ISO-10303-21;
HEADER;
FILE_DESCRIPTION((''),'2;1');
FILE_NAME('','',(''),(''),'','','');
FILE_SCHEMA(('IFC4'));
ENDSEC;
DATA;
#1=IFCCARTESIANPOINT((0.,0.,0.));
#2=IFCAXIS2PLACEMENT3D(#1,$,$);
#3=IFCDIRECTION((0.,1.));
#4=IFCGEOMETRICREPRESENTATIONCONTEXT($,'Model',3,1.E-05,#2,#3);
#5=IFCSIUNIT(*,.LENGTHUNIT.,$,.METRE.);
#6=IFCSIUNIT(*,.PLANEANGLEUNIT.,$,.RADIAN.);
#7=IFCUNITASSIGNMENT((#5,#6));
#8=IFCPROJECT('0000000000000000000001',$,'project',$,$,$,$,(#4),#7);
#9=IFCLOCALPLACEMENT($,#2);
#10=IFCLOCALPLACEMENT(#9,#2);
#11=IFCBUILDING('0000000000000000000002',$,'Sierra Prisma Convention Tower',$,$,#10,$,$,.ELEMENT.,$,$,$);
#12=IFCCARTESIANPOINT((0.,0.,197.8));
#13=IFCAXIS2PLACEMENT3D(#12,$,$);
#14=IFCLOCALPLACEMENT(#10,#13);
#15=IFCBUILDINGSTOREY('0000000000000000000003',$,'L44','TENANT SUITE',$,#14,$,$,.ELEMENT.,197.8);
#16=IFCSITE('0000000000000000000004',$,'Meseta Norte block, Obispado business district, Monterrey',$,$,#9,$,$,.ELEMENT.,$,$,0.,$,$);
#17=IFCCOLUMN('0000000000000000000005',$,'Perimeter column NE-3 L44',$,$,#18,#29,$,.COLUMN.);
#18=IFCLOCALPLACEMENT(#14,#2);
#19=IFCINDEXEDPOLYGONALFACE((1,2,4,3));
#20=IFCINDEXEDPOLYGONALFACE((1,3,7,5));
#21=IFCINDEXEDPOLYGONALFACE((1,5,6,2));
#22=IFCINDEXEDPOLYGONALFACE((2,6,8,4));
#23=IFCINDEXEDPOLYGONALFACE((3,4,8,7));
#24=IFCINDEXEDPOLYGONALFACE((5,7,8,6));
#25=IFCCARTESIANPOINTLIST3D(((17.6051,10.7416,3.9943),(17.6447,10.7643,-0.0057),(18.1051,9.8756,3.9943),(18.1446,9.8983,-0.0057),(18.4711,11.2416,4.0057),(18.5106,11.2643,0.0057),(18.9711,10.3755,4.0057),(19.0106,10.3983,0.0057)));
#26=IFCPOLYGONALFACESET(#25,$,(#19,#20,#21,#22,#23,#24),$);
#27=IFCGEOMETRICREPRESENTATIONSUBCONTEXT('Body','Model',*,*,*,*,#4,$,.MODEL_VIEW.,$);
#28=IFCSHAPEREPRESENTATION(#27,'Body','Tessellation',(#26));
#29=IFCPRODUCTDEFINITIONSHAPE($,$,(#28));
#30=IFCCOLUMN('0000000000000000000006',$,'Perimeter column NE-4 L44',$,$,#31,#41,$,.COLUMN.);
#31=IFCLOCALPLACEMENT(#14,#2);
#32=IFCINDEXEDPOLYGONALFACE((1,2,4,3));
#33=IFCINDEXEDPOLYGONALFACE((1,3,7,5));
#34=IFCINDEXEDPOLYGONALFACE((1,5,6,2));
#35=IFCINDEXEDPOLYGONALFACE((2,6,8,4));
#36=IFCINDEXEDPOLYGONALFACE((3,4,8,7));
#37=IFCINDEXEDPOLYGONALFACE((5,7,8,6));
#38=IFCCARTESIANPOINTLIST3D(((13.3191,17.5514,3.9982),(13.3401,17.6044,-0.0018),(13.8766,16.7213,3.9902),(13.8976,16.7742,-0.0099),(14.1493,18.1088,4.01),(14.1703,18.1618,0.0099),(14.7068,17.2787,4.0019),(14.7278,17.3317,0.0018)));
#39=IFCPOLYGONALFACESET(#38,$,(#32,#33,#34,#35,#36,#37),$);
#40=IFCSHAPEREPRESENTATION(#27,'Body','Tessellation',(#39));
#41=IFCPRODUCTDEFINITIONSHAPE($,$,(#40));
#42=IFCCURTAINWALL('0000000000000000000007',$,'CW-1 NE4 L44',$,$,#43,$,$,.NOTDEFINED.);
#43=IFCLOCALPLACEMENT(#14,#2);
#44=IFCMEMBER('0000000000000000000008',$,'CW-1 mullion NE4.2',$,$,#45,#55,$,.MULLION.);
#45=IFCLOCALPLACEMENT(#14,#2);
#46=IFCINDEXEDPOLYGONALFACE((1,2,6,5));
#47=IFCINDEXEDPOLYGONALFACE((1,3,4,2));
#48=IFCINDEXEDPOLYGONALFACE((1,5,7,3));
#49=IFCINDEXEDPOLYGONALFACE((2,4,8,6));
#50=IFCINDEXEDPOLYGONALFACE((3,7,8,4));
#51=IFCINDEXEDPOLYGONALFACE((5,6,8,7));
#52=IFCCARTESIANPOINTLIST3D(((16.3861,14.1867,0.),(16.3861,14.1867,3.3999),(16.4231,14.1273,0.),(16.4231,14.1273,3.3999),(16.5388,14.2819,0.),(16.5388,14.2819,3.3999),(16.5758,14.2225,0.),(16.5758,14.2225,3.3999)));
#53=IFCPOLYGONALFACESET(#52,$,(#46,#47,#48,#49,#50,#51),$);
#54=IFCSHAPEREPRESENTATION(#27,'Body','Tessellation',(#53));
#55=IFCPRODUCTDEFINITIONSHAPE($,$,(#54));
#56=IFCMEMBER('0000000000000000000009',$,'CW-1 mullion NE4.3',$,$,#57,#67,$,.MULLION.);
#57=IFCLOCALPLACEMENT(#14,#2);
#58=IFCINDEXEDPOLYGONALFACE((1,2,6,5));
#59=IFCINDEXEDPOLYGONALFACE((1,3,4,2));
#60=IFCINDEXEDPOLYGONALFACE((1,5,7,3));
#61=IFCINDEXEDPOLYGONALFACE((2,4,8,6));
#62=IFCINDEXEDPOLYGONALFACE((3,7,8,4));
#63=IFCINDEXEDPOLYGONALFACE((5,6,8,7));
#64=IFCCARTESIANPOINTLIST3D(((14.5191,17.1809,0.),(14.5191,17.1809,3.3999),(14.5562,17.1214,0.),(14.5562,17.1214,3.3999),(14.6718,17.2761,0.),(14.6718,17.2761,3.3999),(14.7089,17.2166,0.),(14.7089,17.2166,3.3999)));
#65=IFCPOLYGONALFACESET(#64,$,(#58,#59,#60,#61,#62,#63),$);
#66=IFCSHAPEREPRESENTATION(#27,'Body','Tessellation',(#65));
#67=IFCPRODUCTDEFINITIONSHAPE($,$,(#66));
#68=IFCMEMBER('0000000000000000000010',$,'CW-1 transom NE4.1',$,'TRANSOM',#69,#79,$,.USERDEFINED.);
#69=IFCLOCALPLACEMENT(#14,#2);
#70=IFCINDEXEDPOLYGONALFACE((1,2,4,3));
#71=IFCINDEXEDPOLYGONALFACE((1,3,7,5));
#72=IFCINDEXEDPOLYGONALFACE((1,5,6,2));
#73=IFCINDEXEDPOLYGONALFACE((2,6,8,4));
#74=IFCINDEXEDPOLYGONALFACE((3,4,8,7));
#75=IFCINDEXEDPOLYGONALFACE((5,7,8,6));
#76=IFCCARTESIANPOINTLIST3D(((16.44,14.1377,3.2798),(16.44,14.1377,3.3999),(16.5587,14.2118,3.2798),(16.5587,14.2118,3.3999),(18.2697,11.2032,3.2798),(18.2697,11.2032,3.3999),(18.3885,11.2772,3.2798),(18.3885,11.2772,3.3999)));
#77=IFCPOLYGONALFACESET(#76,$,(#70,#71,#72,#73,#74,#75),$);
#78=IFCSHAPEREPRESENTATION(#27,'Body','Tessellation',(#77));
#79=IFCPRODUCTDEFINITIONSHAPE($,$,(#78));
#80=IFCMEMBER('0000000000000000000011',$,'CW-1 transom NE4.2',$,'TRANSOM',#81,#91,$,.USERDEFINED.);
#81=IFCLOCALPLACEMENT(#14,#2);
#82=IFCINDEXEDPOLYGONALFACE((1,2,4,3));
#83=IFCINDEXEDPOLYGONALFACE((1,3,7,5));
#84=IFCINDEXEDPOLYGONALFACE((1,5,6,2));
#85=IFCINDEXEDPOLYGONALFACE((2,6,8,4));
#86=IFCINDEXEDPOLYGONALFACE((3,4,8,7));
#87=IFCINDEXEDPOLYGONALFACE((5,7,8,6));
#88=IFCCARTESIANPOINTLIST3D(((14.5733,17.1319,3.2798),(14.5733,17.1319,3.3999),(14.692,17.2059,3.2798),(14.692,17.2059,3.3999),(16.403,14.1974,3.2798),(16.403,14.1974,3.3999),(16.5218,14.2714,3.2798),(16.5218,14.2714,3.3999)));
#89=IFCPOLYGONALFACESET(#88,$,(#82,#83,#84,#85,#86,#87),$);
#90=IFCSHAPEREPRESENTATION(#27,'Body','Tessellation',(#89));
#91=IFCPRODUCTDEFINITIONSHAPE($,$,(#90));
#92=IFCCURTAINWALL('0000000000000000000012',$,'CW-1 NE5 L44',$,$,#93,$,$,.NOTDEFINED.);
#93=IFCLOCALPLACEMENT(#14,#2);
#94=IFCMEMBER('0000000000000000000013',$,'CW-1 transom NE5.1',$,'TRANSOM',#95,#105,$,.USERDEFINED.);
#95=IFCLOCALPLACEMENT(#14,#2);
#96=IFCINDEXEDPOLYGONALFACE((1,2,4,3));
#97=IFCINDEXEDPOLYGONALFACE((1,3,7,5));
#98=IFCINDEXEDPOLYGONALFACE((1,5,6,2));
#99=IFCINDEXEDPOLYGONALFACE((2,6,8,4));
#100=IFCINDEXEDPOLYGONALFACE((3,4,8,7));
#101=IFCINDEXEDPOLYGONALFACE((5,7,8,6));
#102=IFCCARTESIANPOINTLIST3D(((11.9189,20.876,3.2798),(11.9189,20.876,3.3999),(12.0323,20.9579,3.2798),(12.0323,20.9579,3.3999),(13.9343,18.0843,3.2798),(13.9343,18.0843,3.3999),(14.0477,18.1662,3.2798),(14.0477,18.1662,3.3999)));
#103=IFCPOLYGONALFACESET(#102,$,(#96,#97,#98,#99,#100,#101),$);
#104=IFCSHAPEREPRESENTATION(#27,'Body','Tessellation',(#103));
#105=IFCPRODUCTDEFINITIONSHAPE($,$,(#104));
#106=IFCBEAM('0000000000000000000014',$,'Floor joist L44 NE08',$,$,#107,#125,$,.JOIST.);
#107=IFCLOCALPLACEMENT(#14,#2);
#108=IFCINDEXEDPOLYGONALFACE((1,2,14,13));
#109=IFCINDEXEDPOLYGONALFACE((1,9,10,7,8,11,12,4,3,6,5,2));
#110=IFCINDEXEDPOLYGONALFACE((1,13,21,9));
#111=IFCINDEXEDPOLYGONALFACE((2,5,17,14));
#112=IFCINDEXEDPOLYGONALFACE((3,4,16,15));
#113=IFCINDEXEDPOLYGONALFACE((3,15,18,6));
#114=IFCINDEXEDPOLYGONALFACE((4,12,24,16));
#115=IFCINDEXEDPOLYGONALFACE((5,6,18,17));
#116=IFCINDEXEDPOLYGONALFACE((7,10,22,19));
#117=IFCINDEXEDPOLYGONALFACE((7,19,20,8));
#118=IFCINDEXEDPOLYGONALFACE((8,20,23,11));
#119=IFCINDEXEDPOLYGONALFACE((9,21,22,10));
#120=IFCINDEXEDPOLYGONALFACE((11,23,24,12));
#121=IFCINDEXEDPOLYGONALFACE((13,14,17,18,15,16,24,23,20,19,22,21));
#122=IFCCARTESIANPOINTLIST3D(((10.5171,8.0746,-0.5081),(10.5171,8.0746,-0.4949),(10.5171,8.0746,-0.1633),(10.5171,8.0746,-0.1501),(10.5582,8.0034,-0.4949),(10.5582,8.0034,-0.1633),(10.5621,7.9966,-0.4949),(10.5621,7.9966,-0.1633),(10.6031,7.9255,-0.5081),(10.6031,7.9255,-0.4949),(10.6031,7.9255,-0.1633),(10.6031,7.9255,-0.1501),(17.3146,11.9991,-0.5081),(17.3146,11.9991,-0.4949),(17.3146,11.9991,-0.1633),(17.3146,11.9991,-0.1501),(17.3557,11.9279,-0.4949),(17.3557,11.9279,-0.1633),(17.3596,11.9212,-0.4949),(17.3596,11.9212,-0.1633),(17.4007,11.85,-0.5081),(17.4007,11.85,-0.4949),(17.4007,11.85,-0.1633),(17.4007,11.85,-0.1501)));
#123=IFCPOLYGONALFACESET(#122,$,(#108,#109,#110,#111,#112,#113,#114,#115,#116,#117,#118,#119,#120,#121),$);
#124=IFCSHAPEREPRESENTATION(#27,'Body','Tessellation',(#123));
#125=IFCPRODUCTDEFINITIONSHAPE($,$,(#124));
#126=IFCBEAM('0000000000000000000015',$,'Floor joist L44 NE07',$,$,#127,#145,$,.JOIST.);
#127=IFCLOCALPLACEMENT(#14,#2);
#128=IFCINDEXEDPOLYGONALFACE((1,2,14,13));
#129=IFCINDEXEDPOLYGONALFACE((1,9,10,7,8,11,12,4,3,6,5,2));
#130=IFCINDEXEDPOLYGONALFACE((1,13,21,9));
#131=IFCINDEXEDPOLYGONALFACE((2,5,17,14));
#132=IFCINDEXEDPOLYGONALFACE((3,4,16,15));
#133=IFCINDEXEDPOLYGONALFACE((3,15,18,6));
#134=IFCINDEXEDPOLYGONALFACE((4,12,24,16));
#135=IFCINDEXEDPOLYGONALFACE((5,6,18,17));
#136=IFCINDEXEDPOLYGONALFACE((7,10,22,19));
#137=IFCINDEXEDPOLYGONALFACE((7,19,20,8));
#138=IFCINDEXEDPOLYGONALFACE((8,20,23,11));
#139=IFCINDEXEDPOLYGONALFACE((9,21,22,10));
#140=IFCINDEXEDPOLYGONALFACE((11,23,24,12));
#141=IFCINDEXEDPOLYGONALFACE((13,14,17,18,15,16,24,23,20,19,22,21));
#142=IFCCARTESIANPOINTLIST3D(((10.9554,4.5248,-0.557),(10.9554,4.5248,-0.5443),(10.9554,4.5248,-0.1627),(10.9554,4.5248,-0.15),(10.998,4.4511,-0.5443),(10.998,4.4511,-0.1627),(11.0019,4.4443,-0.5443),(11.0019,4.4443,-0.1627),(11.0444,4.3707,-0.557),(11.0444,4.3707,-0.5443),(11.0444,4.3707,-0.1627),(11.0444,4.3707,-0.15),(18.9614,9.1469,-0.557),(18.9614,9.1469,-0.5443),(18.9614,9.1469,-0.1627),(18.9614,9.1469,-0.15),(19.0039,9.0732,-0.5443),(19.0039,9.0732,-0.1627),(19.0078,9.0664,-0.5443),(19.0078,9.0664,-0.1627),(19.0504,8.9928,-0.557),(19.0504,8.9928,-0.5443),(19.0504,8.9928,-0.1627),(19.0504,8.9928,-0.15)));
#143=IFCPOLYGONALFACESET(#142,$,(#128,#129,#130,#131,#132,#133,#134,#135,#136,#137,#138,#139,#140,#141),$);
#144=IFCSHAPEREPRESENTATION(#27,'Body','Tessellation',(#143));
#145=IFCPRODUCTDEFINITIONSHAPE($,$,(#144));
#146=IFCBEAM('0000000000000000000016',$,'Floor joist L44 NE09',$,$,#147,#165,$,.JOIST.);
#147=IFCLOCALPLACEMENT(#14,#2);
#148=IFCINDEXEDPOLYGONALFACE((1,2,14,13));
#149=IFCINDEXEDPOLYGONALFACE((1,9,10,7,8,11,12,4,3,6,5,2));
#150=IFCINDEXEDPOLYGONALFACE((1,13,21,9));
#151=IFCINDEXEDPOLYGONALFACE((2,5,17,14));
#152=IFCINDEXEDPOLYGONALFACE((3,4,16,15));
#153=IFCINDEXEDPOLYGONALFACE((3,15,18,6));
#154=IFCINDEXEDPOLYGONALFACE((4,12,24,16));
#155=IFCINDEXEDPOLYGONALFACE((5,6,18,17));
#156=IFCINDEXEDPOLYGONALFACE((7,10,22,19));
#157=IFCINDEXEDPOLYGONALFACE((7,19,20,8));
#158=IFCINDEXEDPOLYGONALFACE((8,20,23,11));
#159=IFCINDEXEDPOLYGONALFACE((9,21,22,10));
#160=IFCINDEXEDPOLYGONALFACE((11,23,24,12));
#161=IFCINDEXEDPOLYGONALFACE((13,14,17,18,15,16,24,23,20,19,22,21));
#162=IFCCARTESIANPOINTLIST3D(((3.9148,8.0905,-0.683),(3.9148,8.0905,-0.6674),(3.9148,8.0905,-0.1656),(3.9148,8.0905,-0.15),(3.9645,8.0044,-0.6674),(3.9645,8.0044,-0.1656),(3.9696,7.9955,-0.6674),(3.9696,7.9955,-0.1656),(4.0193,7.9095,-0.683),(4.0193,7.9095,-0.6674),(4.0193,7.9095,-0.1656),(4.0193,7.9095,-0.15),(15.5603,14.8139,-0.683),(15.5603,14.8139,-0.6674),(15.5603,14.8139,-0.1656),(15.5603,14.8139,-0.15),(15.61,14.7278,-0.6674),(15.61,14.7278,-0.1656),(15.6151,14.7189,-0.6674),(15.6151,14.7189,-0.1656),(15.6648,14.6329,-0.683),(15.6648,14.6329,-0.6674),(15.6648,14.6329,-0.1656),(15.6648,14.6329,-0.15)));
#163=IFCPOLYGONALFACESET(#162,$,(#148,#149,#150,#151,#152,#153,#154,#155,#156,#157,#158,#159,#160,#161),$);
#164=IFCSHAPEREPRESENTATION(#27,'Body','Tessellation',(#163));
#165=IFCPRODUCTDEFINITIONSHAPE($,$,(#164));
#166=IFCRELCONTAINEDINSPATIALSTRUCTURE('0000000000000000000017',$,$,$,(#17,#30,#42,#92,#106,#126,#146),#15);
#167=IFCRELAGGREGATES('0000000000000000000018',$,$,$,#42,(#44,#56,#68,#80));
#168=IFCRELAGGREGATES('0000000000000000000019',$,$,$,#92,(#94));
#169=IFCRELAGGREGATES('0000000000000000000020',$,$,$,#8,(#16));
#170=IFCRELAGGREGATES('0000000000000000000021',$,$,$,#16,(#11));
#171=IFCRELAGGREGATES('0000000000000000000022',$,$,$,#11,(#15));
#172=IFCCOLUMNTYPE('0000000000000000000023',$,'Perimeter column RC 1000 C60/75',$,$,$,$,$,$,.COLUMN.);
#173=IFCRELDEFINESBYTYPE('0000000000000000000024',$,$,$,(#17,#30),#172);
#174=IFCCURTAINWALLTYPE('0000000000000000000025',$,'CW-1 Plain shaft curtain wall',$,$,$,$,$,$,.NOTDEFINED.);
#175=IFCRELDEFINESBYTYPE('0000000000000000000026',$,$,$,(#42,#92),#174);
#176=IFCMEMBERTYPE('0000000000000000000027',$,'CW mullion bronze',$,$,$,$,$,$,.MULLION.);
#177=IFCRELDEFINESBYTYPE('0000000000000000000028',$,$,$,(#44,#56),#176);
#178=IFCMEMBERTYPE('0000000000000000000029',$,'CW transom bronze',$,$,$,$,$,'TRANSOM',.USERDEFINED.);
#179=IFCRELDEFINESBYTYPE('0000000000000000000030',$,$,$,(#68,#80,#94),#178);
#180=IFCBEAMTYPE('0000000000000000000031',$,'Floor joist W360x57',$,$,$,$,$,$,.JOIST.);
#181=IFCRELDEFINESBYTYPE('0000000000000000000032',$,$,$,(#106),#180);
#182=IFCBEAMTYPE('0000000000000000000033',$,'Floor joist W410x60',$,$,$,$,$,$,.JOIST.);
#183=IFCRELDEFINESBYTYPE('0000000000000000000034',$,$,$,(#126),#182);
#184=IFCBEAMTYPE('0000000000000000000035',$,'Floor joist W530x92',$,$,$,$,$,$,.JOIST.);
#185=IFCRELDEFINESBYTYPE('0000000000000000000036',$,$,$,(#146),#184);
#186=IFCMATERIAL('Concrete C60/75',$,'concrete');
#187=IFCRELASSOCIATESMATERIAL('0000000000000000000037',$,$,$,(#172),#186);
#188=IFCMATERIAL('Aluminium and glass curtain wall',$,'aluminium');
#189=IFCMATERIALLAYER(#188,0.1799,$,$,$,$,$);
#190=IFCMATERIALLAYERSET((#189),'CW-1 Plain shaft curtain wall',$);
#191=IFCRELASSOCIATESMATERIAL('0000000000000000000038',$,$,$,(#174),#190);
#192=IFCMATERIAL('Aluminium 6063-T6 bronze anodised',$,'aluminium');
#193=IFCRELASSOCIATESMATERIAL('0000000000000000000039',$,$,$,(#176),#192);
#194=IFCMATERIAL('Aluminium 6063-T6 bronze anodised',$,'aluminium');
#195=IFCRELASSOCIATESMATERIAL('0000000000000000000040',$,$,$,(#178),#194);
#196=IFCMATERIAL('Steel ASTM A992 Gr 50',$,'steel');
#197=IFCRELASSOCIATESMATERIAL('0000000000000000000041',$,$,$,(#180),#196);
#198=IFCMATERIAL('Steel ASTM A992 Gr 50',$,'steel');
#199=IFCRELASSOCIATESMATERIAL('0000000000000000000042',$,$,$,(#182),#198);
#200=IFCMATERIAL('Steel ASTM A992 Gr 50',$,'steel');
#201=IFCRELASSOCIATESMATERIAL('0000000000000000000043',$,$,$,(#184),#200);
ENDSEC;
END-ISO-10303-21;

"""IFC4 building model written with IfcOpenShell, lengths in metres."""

from ifc_helpers import new_model, si_unit, direction, frame, origin, origin_2d, place, context, subcontext, project, spatial, rectangle, i_section, extrude, material, layer, layer_set, material_profile, profile_set, type_object, element, aggregate, save


model = new_model("IFC4")

# Units and contexts
model_context = context("Model", 3, precision=1e-05, world=origin(), true_north=direction((0.0, 1.0)))
body_context = subcontext(model_context, "Body", "Model", "MODEL_VIEW")
ifc_project = project(units=[si_unit("LENGTHUNIT", "METRE"), si_unit("PLANEANGLEUNIT", "RADIAN")], contexts=[model_context])

# Site, building, storey
site_placement = place(None, origin())
site = spatial("IfcSite", under=ifc_project, at=site_placement, Name="Meseta Norte block, Obispado business district, Monterrey", CompositionType="ELEMENT", RefElevation=0.0)
building_placement = place(site_placement, origin())
building = spatial("IfcBuilding", under=site, at=building_placement, Name="Sierra Prisma Convention Tower", CompositionType="ELEMENT")
storey_placement = place(building_placement, frame((0.0, 0.0, 197.8)))
storey = spatial("IfcBuildingStorey", under=building, at=storey_placement, Name="L44", Description="TENANT SUITE", CompositionType="ELEMENT", Elevation=197.8)

# Columns
ifc_material_1 = material(Name="Concrete C60/75", Category="concrete")
ifc_material_profile_1 = material_profile(ifc_material_1, rectangle(XDim=1.0, YDim=1.0, at=origin_2d()), Name="Perimeter column RC 1000 C60/75")
ifc_profile_set_1 = profile_set([ifc_material_profile_1], Name="Concrete C60/75")
column_type = type_object("IfcColumnType", Name="Perimeter column RC 1000 C60/75", PredefinedType="COLUMN", material=ifc_profile_set_1)
column_1_placement = place(storey_placement, frame((18.3276, 10.5813, 0.0), z_axis=(-0.009887, -0.005676, 0.999935), x_axis=(-0.499976, 0.86604, -0.000028)))
element("IfcColumn", 1, at=column_1_placement, inside=storey, type_object=column_type, Name="Perimeter column NE-3 L44", PredefinedType="COLUMN", context=body_context, shape_type="SweptSolid", body=[
    extrude(rectangle(XDim=1.0, YDim=1.0, at=origin_2d()), origin(), (0.0, 0.0, 1.0), 4.0002),
])
column_2_placement = place(storey_placement, frame((14.0339, 17.468, 0.0), z_axis=(-0.005248, -0.013243, 0.999899), x_axis=(-0.557514, 0.830128, 0.008068)))
element("IfcColumn", 2, at=column_2_placement, inside=storey, type_object=column_type, Name="Perimeter column NE-4 L44", PredefinedType="COLUMN", context=body_context, shape_type="SweptSolid", body=[
    extrude(rectangle(XDim=1.0, YDim=1.0, at=origin_2d()), origin(), (0.0, 0.0, 1.0), 4.0005),
])

# Curtain wall, members
ifc_material_2 = material(Name="Aluminium and glass curtain wall", Category="aluminium")
ifc_layer_1 = layer(ifc_material_2, 0.1799)
ifc_layer_set_1 = layer_set([ifc_layer_1], Name="CW-1 Plain shaft curtain wall")
curtain_wall_type = type_object("IfcCurtainWallType", Name="CW-1 Plain shaft curtain wall", PredefinedType="NOTDEFINED", material=ifc_layer_set_1)
curtain_wall_1_placement = place(storey_placement, origin())
curtain_wall_1 = element("IfcCurtainWall", 3, at=curtain_wall_1_placement, inside=storey, type_object=curtain_wall_type, Name="CW-1 NE4 L44", PredefinedType="NOTDEFINED")
ifc_material_3 = material(Name="Aluminium 6063-T6 bronze anodised", Category="aluminium")
ifc_material_profile_2 = material_profile(ifc_material_3, rectangle(XDim=0.1799, YDim=0.0701, at=origin_2d()), Name="ALU MULLION 70x180")
ifc_profile_set_2 = profile_set([ifc_material_profile_2], Name="Aluminium 6063-T6 bronze anodised")
member_type_1 = type_object("IfcMemberType", Name="CW mullion bronze", PredefinedType="MULLION", material=ifc_profile_set_2)
member_1_placement = place(storey_placement, frame((16.481, 14.2046, 0.0), z_axis=(0.0, 0.0, 1.0), x_axis=(-0.848581, -0.529065, 0.0)))
member_1 = element("IfcMember", 4, at=member_1_placement, type_object=member_type_1, Name="CW-1 mullion NE4.2", PredefinedType="MULLION", context=body_context, shape_type="SweptSolid", body=[
    extrude(rectangle(XDim=0.1799, YDim=0.0701, at=origin_2d()), origin(), (0.0, 0.0, 1.0), 3.3999),
])
member_2_placement = place(storey_placement, frame((14.614, 17.1987, 0.0), z_axis=(0.0, 0.0, 1.0), x_axis=(-0.848581, -0.529065, 0.0)))
member_2 = element("IfcMember", 5, at=member_2_placement, type_object=member_type_1, Name="CW-1 mullion NE4.3", PredefinedType="MULLION", context=body_context, shape_type="SweptSolid", body=[
    extrude(rectangle(XDim=0.1799, YDim=0.0701, at=origin_2d()), origin(), (0.0, 0.0, 1.0), 3.3999),
])
ifc_material_4 = material(Name="Aluminium 6063-T6 bronze anodised", Category="aluminium")
ifc_material_profile_3 = material_profile(ifc_material_4, rectangle(XDim=0.1399, YDim=0.1201, at=origin_2d()), Name="ALU TRANSOM 120x140")
ifc_profile_set_3 = profile_set([ifc_material_profile_3], Name="Aluminium 6063-T6 bronze anodised")
member_type_2 = type_object("IfcMemberType", Name="CW transom bronze", ElementType="TRANSOM", PredefinedType="USERDEFINED", material=ifc_profile_set_3)
member_3_placement = place(storey_placement, frame((18.3291, 11.2402, 3.3398), z_axis=(-0.52911, 0.848553, 0.0), x_axis=(-0.848553, -0.52911, 0.0)))
member_3 = element("IfcMember", 6, at=member_3_placement, type_object=member_type_2, Name="CW-1 transom NE4.1", ObjectType="TRANSOM", PredefinedType="USERDEFINED", context=body_context, shape_type="SweptSolid", body=[
    extrude(rectangle(XDim=0.1399, YDim=0.1201, at=origin_2d()), origin(), (0.0, 0.0, 1.0), 3.4583),
])
member_4_placement = place(storey_placement, frame((16.4624, 14.2344, 3.3398), z_axis=(-0.52911, 0.848553, 0.0), x_axis=(-0.848553, -0.52911, 0.0)))
member_4 = element("IfcMember", 7, at=member_4_placement, type_object=member_type_2, Name="CW-1 transom NE4.2", ObjectType="TRANSOM", PredefinedType="USERDEFINED", context=body_context, shape_type="SweptSolid", body=[
    extrude(rectangle(XDim=0.1399, YDim=0.1201, at=origin_2d()), origin(), (0.0, 0.0, 1.0), 3.4583),
])

# Curtain wall, member
curtain_wall_2_placement = place(storey_placement, origin())
curtain_wall_2 = element("IfcCurtainWall", 8, at=curtain_wall_2_placement, inside=storey, type_object=curtain_wall_type, Name="CW-1 NE5 L44", PredefinedType="NOTDEFINED")
member_5_placement = place(storey_placement, frame((13.991, 18.1252, 3.3398), z_axis=(-0.585322, 0.810801, 0.0), x_axis=(-0.810801, -0.585322, 0.0)))
member_5 = element("IfcMember", 9, at=member_5_placement, type_object=member_type_2, Name="CW-1 transom NE5.1", ObjectType="TRANSOM", PredefinedType="USERDEFINED", context=body_context, shape_type="SweptSolid", body=[
    extrude(rectangle(XDim=0.1399, YDim=0.1201, at=origin_2d()), origin(), (0.0, 0.0, 1.0), 3.4431),
])

# Beams
ifc_material_5 = material(Name="Steel ASTM A992 Gr 50", Category="steel")
ifc_material_profile_4 = material_profile(ifc_material_5, i_section(OverallWidth=0.1721, OverallDepth=0.3579, WebThickness=0.0078, FlangeThickness=0.0132, at=origin_2d()), Name="W360x57")
ifc_profile_set_4 = profile_set([ifc_material_profile_4], Name="Steel ASTM A992 Gr 50")
beam_type_1 = type_object("IfcBeamType", Name="Floor joist W360x57", PredefinedType="JOIST", material=ifc_profile_set_4)
beam_1_placement = place(storey_placement, frame((17.3577, 11.9246, -0.3291), z_axis=(-0.866028, -0.499996, 0.0), x_axis=(0.499996, -0.866028, 0.0)))
element("IfcBeam", 10, at=beam_1_placement, inside=storey, type_object=beam_type_1, Name="Floor joist L44 NE08", PredefinedType="JOIST", context=body_context, shape_type="SweptSolid", body=[
    extrude(i_section(OverallWidth=0.1721, OverallDepth=0.3579, WebThickness=0.0078, FlangeThickness=0.0132, at=origin_2d()), origin(), (0.0, 0.0, 1.0), 7.8491),
])
ifc_material_6 = material(Name="Steel ASTM A992 Gr 50", Category="steel")
ifc_material_profile_5 = material_profile(ifc_material_6, i_section(OverallWidth=0.178, OverallDepth=0.407, WebThickness=0.0078, FlangeThickness=0.0127, at=origin_2d()), Name="W410x60")
ifc_profile_set_5 = profile_set([ifc_material_profile_5], Name="Steel ASTM A992 Gr 50")
beam_type_2 = type_object("IfcBeamType", Name="Floor joist W410x60", PredefinedType="JOIST", material=ifc_profile_set_5)
beam_2_placement = place(storey_placement, frame((19.0059, 9.0698, -0.3535), z_axis=(-0.866031, -0.499991, 0.0), x_axis=(0.499991, -0.866031, 0.0)))
element("IfcBeam", 11, at=beam_2_placement, inside=storey, type_object=beam_type_2, Name="Floor joist L44 NE07", PredefinedType="JOIST", context=body_context, shape_type="SweptSolid", body=[
    extrude(i_section(OverallWidth=0.178, OverallDepth=0.407, WebThickness=0.0078, FlangeThickness=0.0127, at=origin_2d()), origin(), (0.0, 0.0, 1.0), 9.2444),
])
ifc_material_7 = material(Name="Steel ASTM A992 Gr 50", Category="steel")
ifc_material_profile_6 = material_profile(ifc_material_7, i_section(OverallWidth=0.209, OverallDepth=0.533, WebThickness=0.0103, FlangeThickness=0.0156, at=origin_2d()), Name="W530x92")
ifc_profile_set_6 = profile_set([ifc_material_profile_6], Name="Steel ASTM A992 Gr 50")
beam_type_3 = type_object("IfcBeamType", Name="Floor joist W530x92", PredefinedType="JOIST", material=ifc_profile_set_6)
beam_3_placement = place(storey_placement, frame((15.6125, 14.7234, -0.4165), z_axis=(-0.86603, -0.499992, 0.0), x_axis=(0.499992, -0.86603, 0.0)))
element("IfcBeam", 12, at=beam_3_placement, inside=storey, type_object=beam_type_3, Name="Floor joist L44 NE09", PredefinedType="JOIST", context=body_context, shape_type="SweptSolid", body=[
    extrude(i_section(OverallWidth=0.209, OverallDepth=0.533, WebThickness=0.0103, FlangeThickness=0.0156, at=origin_2d()), origin(), (0.0, 0.0, 1.0), 13.447),
])

aggregate(curtain_wall_1, [member_1, member_2, member_3, member_4])
aggregate(curtain_wall_2, [member_5])

save(model, "model.ifc")
